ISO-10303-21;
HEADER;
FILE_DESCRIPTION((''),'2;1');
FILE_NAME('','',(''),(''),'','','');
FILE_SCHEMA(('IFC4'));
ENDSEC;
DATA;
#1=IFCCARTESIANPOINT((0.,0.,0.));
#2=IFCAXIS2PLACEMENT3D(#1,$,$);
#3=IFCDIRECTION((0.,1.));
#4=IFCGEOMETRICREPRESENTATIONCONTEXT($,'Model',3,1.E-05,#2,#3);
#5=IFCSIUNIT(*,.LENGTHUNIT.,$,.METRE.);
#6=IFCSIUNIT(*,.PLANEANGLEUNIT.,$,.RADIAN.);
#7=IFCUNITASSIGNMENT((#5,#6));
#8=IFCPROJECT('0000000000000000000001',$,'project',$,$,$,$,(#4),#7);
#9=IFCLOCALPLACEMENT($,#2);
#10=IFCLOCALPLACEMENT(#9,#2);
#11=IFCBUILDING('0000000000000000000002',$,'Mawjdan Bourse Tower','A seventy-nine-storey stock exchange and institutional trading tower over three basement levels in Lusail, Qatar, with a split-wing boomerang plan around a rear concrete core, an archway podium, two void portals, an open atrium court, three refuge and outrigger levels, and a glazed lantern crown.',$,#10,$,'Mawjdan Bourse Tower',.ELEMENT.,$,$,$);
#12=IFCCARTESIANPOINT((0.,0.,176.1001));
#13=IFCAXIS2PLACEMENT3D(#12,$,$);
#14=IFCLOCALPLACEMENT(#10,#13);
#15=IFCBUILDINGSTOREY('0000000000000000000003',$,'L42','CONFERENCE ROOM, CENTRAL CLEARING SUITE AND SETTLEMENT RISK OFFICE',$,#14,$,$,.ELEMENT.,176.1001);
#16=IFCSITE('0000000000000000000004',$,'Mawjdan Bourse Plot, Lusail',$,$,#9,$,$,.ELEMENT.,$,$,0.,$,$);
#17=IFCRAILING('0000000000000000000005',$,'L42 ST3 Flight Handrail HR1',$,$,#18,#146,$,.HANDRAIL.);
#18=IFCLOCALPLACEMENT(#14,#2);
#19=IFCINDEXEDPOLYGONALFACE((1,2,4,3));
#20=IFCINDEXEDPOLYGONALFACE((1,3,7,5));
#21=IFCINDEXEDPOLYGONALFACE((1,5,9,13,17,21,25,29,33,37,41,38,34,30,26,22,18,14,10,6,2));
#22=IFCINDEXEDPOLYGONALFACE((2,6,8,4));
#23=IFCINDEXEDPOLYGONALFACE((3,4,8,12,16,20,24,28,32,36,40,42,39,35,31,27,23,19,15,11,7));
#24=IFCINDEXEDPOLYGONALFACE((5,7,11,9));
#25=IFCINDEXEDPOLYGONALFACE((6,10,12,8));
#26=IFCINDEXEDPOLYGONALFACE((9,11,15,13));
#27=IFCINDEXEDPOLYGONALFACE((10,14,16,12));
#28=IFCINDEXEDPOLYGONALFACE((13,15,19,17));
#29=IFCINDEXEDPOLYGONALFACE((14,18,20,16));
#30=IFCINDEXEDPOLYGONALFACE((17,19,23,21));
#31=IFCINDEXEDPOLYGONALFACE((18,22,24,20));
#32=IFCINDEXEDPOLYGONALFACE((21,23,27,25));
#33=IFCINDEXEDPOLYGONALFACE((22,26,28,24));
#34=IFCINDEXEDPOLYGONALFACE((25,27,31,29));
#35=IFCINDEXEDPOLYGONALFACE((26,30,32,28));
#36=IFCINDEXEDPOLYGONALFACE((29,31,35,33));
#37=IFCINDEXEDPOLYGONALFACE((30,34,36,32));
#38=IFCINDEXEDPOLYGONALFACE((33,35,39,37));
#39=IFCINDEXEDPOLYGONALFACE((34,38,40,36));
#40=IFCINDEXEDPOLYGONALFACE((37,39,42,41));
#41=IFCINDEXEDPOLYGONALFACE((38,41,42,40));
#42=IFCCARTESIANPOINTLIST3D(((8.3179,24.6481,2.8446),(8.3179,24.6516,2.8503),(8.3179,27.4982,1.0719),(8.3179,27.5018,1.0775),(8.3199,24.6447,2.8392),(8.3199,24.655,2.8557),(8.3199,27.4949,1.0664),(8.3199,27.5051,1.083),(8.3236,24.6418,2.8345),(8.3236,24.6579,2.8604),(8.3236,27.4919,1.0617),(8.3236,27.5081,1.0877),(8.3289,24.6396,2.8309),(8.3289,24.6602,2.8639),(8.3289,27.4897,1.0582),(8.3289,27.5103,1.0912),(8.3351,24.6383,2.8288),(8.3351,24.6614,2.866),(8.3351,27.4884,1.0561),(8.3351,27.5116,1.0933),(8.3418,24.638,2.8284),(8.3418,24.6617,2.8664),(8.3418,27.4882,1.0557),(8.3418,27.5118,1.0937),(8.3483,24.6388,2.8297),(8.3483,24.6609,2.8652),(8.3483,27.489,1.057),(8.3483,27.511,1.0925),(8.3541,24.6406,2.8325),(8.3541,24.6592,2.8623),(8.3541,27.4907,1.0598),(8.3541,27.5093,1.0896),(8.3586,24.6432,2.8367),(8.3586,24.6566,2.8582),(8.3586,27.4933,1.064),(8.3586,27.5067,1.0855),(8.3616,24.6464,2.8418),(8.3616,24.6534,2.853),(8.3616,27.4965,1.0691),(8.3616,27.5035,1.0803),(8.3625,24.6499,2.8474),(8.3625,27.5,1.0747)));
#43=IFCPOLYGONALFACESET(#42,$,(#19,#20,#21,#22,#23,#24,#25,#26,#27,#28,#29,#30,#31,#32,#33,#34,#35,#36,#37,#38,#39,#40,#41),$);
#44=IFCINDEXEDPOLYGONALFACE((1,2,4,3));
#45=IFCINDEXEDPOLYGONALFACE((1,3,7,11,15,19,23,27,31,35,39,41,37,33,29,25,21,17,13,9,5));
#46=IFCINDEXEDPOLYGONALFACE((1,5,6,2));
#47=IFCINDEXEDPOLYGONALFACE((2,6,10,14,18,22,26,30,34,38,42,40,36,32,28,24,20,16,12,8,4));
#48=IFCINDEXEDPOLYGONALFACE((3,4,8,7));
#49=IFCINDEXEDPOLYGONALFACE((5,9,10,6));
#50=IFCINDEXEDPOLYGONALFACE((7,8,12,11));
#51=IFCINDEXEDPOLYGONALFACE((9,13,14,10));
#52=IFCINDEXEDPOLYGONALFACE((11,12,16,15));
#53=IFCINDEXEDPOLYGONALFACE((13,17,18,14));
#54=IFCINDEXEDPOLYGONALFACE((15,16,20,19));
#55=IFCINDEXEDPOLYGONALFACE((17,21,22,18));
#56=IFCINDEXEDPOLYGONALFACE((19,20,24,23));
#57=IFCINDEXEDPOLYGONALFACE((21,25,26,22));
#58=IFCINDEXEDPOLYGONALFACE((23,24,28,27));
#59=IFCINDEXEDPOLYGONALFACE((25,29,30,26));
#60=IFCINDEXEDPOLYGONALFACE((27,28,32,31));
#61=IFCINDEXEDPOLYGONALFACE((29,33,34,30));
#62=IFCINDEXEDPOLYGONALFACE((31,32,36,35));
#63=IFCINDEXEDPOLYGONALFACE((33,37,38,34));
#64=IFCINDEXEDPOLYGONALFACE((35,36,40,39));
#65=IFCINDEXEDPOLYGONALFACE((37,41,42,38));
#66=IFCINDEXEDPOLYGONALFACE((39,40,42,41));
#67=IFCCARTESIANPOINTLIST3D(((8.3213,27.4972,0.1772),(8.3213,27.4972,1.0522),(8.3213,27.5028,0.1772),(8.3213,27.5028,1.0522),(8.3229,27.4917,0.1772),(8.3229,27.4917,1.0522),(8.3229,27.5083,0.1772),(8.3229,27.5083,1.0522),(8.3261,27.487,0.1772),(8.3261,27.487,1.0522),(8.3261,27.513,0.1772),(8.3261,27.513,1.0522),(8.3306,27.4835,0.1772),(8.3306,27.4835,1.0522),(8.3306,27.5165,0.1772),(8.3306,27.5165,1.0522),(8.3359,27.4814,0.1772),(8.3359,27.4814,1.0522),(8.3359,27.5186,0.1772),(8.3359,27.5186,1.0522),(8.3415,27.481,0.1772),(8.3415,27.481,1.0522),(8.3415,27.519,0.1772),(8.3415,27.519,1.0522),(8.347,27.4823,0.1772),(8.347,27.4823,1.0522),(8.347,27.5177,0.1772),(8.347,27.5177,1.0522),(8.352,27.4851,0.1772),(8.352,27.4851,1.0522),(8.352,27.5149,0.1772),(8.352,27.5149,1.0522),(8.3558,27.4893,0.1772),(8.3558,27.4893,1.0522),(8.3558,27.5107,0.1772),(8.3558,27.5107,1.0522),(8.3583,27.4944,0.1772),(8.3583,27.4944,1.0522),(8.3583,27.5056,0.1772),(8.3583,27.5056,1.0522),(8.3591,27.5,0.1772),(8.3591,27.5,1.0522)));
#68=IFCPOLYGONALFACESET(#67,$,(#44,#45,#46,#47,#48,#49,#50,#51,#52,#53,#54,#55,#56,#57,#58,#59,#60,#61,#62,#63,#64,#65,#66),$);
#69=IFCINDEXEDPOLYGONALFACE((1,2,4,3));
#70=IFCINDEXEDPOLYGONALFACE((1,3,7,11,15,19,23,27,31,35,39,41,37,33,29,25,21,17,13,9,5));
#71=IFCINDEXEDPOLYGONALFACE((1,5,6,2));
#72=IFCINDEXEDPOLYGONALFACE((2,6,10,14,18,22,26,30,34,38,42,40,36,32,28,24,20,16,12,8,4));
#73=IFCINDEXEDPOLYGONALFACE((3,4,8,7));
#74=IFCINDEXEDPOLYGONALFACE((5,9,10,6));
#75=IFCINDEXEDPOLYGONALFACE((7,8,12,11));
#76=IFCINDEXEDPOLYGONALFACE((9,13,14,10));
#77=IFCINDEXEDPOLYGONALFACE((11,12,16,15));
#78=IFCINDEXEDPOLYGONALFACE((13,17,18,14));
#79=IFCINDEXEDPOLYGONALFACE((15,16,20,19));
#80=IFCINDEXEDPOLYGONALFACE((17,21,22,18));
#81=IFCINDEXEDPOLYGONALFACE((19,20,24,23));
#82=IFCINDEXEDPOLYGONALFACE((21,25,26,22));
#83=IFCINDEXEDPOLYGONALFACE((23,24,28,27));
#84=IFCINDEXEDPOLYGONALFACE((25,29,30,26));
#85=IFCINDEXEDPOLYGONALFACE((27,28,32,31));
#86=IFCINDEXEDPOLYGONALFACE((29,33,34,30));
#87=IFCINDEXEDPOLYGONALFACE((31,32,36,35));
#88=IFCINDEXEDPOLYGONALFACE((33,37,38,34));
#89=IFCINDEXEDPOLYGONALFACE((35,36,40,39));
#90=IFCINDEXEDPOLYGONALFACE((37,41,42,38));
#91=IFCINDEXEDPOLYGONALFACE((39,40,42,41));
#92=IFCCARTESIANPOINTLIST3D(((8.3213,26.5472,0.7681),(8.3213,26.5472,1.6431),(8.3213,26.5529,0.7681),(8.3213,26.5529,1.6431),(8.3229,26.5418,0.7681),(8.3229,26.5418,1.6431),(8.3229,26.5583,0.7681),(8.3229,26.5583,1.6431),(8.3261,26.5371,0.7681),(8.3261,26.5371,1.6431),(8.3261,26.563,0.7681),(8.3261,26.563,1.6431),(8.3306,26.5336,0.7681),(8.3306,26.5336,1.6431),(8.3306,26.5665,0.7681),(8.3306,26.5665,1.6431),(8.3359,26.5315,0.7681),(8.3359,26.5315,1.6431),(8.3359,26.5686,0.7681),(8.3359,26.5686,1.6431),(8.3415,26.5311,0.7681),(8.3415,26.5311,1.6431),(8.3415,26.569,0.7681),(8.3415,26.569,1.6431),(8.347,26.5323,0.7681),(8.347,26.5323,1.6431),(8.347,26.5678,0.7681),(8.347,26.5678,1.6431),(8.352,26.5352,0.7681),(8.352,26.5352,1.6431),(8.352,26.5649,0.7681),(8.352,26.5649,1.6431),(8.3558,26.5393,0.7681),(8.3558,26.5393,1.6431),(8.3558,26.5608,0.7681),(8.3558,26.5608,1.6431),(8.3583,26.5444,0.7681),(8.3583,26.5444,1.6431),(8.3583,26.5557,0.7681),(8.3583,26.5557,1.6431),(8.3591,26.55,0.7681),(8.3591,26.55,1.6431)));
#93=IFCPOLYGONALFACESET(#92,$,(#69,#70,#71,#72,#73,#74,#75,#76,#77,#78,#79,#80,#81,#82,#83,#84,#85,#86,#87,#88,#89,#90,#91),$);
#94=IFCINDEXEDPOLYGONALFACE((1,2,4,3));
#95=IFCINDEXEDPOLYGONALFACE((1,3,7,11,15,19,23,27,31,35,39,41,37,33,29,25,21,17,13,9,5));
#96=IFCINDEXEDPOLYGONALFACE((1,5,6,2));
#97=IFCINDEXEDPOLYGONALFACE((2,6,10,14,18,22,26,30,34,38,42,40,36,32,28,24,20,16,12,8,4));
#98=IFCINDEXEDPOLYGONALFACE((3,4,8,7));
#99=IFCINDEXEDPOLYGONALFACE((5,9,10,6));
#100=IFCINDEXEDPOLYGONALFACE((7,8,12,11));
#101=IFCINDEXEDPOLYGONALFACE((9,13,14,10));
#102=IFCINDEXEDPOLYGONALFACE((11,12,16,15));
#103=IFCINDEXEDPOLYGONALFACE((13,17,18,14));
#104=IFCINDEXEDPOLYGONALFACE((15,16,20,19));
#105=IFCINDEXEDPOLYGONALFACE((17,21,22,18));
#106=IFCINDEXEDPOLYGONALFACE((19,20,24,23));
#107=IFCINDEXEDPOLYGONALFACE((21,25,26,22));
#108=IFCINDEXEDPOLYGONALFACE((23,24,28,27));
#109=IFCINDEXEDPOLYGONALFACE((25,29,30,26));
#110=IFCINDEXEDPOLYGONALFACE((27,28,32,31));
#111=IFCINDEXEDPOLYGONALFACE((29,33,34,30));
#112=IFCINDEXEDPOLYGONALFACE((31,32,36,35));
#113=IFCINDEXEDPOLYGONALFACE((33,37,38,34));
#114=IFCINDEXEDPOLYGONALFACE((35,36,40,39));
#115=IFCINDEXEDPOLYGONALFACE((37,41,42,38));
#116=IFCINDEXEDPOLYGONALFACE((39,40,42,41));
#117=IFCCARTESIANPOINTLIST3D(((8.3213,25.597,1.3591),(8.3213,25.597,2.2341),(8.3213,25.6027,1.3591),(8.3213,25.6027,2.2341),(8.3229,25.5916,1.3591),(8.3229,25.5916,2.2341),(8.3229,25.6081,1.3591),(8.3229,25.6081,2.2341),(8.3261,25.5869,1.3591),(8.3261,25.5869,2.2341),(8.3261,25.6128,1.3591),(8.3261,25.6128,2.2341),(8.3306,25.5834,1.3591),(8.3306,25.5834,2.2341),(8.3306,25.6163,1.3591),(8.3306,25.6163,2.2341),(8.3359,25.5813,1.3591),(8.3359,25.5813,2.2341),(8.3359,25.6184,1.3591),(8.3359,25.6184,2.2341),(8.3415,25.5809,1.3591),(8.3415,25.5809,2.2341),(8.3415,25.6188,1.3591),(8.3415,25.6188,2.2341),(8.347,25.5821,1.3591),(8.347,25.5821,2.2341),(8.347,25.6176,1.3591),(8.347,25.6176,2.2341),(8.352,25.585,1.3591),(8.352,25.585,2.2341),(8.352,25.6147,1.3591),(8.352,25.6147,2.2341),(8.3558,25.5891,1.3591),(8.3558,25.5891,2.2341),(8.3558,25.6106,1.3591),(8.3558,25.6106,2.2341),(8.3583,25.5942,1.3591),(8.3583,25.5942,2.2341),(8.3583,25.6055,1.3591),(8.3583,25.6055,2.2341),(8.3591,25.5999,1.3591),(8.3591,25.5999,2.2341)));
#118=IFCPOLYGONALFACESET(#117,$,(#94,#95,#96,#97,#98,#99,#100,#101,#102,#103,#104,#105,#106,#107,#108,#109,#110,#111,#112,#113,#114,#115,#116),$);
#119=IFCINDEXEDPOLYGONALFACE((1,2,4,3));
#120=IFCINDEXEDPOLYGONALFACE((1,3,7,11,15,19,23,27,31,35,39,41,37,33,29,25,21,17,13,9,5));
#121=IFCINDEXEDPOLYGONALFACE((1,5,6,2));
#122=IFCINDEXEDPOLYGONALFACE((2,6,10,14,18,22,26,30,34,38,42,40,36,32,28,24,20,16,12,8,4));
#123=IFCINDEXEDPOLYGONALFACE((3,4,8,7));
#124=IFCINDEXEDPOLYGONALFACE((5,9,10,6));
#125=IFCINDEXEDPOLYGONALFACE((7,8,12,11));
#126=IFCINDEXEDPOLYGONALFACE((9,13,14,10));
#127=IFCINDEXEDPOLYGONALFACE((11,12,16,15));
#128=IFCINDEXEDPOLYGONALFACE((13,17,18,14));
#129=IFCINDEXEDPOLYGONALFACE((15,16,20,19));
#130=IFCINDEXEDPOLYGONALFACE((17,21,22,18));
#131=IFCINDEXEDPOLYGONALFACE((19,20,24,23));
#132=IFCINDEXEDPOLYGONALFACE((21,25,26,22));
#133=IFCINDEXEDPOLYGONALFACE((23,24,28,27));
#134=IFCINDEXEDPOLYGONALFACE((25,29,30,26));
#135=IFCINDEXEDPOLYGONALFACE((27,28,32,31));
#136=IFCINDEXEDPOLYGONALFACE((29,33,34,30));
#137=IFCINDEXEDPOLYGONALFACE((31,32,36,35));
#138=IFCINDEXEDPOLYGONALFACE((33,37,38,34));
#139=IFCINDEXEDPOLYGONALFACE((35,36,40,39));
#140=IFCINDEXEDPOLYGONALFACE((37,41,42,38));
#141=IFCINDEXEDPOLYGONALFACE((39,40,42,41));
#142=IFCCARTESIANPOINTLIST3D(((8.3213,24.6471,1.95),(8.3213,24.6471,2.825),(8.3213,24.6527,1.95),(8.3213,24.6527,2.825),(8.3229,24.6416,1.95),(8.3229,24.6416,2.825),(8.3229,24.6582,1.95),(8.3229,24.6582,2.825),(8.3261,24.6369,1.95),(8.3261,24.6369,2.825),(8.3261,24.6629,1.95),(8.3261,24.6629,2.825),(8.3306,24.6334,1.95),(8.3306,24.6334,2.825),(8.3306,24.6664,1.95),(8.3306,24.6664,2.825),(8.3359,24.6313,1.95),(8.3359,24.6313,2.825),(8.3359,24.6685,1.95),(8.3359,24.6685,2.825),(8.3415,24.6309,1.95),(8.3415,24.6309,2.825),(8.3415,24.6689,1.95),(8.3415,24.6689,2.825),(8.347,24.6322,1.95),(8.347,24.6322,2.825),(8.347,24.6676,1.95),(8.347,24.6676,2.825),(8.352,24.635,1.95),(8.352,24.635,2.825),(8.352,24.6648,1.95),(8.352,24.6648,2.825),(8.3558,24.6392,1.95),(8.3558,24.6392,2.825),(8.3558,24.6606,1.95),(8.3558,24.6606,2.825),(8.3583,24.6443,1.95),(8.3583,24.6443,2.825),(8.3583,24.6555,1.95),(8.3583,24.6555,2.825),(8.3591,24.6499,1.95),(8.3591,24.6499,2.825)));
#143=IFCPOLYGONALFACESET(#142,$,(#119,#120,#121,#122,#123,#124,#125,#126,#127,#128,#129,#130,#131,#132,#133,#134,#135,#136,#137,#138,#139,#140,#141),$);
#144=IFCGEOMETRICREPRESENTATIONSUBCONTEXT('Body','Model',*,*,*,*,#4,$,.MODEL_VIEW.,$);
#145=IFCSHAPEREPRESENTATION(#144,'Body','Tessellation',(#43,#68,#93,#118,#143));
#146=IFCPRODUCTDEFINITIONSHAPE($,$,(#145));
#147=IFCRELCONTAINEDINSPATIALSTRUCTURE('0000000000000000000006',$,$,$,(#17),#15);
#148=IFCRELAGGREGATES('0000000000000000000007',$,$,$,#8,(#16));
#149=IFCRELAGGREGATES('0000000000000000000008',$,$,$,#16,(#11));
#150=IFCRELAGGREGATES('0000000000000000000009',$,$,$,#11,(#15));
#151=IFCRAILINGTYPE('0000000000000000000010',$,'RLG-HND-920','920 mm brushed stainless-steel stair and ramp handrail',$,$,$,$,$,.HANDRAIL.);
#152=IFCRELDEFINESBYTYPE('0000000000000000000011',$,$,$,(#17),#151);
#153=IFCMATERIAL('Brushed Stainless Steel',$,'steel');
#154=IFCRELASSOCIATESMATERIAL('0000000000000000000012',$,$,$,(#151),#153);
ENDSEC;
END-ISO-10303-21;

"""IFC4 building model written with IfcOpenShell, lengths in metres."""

from ifc_helpers import new_model, si_unit, direction, frame, origin, origin_2d, place, context, subcontext, project, spatial, circle, extrude, material, type_object, element, save


model = new_model("IFC4")

# Units and contexts
model_context = context("Model", 3, precision=1e-05, world=origin(), true_north=direction((0.0, 1.0)))
body_context = subcontext(model_context, "Body", "Model", "MODEL_VIEW")
ifc_project = project(units=[si_unit("LENGTHUNIT", "METRE"), si_unit("PLANEANGLEUNIT", "RADIAN")], contexts=[model_context])

# Site, building, storey
site_placement = place(None, origin())
site = spatial("IfcSite", under=ifc_project, at=site_placement, Name="Mawjdan Bourse Plot, Lusail", CompositionType="ELEMENT", RefElevation=0.0)
building_placement = place(site_placement, origin())
building = spatial("IfcBuilding", under=site, at=building_placement, Name="Mawjdan Bourse Tower", Description="A seventy-nine-storey stock exchange and institutional trading tower over three basement levels in Lusail, Qatar, with a split-wing boomerang plan around a rear concrete core, an archway podium, two void portals, an open atrium court, three refuge and outrigger levels, and a glazed lantern crown.", LongName="Mawjdan Bourse Tower", CompositionType="ELEMENT")
storey_placement = place(building_placement, frame((0.0, 0.0, 176.1001)))
storey = spatial("IfcBuildingStorey", under=building, at=storey_placement, Name="L42", Description="CONFERENCE ROOM, CENTRAL CLEARING SUITE AND SETTLEMENT RISK OFFICE", CompositionType="ELEMENT", Elevation=176.1001)

# Railing
ifc_material_1 = material(Name="Brushed Stainless Steel", Category="steel")
railing_type_1 = type_object("IfcRailingType", Name="RLG-HND-920", Description="920 mm brushed stainless-steel stair and ramp handrail", PredefinedType="HANDRAIL", material=ifc_material_1)
railing_1_placement = place(storey_placement, frame((8.3401, 27.5, 0.1772)))
element("IfcRailing", 1, at=railing_1_placement, inside=storey, type_object=railing_type_1, Name="L42 ST3 Flight Handrail HR1", PredefinedType="HANDRAIL", context=body_context, shape_type="SweptSolid", body=[
    extrude(circle(Radius=0.0225, at=origin_2d()), frame((0.0, 0.0, 0.8975), z_axis=(0.0, -0.849149, 0.528154), x_axis=(1.0, 0.0, 0.0)), (0.0, 0.0, 1.0), 3.3564),
    extrude(circle(Radius=0.019, at=origin_2d()), origin(), (0.0, 0.0, 1.0), 0.875),
    extrude(circle(Radius=0.019, at=origin_2d()), frame((0.0, -0.95, 0.5908)), (0.0, 0.0, 1.0), 0.875),
    extrude(circle(Radius=0.019, at=origin_2d()), frame((0.0, -1.9001, 1.1819)), (0.0, 0.0, 1.0), 0.875),
    extrude(circle(Radius=0.019, at=origin_2d()), frame((0.0, -2.8501, 1.7727)), (0.0, 0.0, 1.0), 0.875),
])

save(model, "model.ifc")
